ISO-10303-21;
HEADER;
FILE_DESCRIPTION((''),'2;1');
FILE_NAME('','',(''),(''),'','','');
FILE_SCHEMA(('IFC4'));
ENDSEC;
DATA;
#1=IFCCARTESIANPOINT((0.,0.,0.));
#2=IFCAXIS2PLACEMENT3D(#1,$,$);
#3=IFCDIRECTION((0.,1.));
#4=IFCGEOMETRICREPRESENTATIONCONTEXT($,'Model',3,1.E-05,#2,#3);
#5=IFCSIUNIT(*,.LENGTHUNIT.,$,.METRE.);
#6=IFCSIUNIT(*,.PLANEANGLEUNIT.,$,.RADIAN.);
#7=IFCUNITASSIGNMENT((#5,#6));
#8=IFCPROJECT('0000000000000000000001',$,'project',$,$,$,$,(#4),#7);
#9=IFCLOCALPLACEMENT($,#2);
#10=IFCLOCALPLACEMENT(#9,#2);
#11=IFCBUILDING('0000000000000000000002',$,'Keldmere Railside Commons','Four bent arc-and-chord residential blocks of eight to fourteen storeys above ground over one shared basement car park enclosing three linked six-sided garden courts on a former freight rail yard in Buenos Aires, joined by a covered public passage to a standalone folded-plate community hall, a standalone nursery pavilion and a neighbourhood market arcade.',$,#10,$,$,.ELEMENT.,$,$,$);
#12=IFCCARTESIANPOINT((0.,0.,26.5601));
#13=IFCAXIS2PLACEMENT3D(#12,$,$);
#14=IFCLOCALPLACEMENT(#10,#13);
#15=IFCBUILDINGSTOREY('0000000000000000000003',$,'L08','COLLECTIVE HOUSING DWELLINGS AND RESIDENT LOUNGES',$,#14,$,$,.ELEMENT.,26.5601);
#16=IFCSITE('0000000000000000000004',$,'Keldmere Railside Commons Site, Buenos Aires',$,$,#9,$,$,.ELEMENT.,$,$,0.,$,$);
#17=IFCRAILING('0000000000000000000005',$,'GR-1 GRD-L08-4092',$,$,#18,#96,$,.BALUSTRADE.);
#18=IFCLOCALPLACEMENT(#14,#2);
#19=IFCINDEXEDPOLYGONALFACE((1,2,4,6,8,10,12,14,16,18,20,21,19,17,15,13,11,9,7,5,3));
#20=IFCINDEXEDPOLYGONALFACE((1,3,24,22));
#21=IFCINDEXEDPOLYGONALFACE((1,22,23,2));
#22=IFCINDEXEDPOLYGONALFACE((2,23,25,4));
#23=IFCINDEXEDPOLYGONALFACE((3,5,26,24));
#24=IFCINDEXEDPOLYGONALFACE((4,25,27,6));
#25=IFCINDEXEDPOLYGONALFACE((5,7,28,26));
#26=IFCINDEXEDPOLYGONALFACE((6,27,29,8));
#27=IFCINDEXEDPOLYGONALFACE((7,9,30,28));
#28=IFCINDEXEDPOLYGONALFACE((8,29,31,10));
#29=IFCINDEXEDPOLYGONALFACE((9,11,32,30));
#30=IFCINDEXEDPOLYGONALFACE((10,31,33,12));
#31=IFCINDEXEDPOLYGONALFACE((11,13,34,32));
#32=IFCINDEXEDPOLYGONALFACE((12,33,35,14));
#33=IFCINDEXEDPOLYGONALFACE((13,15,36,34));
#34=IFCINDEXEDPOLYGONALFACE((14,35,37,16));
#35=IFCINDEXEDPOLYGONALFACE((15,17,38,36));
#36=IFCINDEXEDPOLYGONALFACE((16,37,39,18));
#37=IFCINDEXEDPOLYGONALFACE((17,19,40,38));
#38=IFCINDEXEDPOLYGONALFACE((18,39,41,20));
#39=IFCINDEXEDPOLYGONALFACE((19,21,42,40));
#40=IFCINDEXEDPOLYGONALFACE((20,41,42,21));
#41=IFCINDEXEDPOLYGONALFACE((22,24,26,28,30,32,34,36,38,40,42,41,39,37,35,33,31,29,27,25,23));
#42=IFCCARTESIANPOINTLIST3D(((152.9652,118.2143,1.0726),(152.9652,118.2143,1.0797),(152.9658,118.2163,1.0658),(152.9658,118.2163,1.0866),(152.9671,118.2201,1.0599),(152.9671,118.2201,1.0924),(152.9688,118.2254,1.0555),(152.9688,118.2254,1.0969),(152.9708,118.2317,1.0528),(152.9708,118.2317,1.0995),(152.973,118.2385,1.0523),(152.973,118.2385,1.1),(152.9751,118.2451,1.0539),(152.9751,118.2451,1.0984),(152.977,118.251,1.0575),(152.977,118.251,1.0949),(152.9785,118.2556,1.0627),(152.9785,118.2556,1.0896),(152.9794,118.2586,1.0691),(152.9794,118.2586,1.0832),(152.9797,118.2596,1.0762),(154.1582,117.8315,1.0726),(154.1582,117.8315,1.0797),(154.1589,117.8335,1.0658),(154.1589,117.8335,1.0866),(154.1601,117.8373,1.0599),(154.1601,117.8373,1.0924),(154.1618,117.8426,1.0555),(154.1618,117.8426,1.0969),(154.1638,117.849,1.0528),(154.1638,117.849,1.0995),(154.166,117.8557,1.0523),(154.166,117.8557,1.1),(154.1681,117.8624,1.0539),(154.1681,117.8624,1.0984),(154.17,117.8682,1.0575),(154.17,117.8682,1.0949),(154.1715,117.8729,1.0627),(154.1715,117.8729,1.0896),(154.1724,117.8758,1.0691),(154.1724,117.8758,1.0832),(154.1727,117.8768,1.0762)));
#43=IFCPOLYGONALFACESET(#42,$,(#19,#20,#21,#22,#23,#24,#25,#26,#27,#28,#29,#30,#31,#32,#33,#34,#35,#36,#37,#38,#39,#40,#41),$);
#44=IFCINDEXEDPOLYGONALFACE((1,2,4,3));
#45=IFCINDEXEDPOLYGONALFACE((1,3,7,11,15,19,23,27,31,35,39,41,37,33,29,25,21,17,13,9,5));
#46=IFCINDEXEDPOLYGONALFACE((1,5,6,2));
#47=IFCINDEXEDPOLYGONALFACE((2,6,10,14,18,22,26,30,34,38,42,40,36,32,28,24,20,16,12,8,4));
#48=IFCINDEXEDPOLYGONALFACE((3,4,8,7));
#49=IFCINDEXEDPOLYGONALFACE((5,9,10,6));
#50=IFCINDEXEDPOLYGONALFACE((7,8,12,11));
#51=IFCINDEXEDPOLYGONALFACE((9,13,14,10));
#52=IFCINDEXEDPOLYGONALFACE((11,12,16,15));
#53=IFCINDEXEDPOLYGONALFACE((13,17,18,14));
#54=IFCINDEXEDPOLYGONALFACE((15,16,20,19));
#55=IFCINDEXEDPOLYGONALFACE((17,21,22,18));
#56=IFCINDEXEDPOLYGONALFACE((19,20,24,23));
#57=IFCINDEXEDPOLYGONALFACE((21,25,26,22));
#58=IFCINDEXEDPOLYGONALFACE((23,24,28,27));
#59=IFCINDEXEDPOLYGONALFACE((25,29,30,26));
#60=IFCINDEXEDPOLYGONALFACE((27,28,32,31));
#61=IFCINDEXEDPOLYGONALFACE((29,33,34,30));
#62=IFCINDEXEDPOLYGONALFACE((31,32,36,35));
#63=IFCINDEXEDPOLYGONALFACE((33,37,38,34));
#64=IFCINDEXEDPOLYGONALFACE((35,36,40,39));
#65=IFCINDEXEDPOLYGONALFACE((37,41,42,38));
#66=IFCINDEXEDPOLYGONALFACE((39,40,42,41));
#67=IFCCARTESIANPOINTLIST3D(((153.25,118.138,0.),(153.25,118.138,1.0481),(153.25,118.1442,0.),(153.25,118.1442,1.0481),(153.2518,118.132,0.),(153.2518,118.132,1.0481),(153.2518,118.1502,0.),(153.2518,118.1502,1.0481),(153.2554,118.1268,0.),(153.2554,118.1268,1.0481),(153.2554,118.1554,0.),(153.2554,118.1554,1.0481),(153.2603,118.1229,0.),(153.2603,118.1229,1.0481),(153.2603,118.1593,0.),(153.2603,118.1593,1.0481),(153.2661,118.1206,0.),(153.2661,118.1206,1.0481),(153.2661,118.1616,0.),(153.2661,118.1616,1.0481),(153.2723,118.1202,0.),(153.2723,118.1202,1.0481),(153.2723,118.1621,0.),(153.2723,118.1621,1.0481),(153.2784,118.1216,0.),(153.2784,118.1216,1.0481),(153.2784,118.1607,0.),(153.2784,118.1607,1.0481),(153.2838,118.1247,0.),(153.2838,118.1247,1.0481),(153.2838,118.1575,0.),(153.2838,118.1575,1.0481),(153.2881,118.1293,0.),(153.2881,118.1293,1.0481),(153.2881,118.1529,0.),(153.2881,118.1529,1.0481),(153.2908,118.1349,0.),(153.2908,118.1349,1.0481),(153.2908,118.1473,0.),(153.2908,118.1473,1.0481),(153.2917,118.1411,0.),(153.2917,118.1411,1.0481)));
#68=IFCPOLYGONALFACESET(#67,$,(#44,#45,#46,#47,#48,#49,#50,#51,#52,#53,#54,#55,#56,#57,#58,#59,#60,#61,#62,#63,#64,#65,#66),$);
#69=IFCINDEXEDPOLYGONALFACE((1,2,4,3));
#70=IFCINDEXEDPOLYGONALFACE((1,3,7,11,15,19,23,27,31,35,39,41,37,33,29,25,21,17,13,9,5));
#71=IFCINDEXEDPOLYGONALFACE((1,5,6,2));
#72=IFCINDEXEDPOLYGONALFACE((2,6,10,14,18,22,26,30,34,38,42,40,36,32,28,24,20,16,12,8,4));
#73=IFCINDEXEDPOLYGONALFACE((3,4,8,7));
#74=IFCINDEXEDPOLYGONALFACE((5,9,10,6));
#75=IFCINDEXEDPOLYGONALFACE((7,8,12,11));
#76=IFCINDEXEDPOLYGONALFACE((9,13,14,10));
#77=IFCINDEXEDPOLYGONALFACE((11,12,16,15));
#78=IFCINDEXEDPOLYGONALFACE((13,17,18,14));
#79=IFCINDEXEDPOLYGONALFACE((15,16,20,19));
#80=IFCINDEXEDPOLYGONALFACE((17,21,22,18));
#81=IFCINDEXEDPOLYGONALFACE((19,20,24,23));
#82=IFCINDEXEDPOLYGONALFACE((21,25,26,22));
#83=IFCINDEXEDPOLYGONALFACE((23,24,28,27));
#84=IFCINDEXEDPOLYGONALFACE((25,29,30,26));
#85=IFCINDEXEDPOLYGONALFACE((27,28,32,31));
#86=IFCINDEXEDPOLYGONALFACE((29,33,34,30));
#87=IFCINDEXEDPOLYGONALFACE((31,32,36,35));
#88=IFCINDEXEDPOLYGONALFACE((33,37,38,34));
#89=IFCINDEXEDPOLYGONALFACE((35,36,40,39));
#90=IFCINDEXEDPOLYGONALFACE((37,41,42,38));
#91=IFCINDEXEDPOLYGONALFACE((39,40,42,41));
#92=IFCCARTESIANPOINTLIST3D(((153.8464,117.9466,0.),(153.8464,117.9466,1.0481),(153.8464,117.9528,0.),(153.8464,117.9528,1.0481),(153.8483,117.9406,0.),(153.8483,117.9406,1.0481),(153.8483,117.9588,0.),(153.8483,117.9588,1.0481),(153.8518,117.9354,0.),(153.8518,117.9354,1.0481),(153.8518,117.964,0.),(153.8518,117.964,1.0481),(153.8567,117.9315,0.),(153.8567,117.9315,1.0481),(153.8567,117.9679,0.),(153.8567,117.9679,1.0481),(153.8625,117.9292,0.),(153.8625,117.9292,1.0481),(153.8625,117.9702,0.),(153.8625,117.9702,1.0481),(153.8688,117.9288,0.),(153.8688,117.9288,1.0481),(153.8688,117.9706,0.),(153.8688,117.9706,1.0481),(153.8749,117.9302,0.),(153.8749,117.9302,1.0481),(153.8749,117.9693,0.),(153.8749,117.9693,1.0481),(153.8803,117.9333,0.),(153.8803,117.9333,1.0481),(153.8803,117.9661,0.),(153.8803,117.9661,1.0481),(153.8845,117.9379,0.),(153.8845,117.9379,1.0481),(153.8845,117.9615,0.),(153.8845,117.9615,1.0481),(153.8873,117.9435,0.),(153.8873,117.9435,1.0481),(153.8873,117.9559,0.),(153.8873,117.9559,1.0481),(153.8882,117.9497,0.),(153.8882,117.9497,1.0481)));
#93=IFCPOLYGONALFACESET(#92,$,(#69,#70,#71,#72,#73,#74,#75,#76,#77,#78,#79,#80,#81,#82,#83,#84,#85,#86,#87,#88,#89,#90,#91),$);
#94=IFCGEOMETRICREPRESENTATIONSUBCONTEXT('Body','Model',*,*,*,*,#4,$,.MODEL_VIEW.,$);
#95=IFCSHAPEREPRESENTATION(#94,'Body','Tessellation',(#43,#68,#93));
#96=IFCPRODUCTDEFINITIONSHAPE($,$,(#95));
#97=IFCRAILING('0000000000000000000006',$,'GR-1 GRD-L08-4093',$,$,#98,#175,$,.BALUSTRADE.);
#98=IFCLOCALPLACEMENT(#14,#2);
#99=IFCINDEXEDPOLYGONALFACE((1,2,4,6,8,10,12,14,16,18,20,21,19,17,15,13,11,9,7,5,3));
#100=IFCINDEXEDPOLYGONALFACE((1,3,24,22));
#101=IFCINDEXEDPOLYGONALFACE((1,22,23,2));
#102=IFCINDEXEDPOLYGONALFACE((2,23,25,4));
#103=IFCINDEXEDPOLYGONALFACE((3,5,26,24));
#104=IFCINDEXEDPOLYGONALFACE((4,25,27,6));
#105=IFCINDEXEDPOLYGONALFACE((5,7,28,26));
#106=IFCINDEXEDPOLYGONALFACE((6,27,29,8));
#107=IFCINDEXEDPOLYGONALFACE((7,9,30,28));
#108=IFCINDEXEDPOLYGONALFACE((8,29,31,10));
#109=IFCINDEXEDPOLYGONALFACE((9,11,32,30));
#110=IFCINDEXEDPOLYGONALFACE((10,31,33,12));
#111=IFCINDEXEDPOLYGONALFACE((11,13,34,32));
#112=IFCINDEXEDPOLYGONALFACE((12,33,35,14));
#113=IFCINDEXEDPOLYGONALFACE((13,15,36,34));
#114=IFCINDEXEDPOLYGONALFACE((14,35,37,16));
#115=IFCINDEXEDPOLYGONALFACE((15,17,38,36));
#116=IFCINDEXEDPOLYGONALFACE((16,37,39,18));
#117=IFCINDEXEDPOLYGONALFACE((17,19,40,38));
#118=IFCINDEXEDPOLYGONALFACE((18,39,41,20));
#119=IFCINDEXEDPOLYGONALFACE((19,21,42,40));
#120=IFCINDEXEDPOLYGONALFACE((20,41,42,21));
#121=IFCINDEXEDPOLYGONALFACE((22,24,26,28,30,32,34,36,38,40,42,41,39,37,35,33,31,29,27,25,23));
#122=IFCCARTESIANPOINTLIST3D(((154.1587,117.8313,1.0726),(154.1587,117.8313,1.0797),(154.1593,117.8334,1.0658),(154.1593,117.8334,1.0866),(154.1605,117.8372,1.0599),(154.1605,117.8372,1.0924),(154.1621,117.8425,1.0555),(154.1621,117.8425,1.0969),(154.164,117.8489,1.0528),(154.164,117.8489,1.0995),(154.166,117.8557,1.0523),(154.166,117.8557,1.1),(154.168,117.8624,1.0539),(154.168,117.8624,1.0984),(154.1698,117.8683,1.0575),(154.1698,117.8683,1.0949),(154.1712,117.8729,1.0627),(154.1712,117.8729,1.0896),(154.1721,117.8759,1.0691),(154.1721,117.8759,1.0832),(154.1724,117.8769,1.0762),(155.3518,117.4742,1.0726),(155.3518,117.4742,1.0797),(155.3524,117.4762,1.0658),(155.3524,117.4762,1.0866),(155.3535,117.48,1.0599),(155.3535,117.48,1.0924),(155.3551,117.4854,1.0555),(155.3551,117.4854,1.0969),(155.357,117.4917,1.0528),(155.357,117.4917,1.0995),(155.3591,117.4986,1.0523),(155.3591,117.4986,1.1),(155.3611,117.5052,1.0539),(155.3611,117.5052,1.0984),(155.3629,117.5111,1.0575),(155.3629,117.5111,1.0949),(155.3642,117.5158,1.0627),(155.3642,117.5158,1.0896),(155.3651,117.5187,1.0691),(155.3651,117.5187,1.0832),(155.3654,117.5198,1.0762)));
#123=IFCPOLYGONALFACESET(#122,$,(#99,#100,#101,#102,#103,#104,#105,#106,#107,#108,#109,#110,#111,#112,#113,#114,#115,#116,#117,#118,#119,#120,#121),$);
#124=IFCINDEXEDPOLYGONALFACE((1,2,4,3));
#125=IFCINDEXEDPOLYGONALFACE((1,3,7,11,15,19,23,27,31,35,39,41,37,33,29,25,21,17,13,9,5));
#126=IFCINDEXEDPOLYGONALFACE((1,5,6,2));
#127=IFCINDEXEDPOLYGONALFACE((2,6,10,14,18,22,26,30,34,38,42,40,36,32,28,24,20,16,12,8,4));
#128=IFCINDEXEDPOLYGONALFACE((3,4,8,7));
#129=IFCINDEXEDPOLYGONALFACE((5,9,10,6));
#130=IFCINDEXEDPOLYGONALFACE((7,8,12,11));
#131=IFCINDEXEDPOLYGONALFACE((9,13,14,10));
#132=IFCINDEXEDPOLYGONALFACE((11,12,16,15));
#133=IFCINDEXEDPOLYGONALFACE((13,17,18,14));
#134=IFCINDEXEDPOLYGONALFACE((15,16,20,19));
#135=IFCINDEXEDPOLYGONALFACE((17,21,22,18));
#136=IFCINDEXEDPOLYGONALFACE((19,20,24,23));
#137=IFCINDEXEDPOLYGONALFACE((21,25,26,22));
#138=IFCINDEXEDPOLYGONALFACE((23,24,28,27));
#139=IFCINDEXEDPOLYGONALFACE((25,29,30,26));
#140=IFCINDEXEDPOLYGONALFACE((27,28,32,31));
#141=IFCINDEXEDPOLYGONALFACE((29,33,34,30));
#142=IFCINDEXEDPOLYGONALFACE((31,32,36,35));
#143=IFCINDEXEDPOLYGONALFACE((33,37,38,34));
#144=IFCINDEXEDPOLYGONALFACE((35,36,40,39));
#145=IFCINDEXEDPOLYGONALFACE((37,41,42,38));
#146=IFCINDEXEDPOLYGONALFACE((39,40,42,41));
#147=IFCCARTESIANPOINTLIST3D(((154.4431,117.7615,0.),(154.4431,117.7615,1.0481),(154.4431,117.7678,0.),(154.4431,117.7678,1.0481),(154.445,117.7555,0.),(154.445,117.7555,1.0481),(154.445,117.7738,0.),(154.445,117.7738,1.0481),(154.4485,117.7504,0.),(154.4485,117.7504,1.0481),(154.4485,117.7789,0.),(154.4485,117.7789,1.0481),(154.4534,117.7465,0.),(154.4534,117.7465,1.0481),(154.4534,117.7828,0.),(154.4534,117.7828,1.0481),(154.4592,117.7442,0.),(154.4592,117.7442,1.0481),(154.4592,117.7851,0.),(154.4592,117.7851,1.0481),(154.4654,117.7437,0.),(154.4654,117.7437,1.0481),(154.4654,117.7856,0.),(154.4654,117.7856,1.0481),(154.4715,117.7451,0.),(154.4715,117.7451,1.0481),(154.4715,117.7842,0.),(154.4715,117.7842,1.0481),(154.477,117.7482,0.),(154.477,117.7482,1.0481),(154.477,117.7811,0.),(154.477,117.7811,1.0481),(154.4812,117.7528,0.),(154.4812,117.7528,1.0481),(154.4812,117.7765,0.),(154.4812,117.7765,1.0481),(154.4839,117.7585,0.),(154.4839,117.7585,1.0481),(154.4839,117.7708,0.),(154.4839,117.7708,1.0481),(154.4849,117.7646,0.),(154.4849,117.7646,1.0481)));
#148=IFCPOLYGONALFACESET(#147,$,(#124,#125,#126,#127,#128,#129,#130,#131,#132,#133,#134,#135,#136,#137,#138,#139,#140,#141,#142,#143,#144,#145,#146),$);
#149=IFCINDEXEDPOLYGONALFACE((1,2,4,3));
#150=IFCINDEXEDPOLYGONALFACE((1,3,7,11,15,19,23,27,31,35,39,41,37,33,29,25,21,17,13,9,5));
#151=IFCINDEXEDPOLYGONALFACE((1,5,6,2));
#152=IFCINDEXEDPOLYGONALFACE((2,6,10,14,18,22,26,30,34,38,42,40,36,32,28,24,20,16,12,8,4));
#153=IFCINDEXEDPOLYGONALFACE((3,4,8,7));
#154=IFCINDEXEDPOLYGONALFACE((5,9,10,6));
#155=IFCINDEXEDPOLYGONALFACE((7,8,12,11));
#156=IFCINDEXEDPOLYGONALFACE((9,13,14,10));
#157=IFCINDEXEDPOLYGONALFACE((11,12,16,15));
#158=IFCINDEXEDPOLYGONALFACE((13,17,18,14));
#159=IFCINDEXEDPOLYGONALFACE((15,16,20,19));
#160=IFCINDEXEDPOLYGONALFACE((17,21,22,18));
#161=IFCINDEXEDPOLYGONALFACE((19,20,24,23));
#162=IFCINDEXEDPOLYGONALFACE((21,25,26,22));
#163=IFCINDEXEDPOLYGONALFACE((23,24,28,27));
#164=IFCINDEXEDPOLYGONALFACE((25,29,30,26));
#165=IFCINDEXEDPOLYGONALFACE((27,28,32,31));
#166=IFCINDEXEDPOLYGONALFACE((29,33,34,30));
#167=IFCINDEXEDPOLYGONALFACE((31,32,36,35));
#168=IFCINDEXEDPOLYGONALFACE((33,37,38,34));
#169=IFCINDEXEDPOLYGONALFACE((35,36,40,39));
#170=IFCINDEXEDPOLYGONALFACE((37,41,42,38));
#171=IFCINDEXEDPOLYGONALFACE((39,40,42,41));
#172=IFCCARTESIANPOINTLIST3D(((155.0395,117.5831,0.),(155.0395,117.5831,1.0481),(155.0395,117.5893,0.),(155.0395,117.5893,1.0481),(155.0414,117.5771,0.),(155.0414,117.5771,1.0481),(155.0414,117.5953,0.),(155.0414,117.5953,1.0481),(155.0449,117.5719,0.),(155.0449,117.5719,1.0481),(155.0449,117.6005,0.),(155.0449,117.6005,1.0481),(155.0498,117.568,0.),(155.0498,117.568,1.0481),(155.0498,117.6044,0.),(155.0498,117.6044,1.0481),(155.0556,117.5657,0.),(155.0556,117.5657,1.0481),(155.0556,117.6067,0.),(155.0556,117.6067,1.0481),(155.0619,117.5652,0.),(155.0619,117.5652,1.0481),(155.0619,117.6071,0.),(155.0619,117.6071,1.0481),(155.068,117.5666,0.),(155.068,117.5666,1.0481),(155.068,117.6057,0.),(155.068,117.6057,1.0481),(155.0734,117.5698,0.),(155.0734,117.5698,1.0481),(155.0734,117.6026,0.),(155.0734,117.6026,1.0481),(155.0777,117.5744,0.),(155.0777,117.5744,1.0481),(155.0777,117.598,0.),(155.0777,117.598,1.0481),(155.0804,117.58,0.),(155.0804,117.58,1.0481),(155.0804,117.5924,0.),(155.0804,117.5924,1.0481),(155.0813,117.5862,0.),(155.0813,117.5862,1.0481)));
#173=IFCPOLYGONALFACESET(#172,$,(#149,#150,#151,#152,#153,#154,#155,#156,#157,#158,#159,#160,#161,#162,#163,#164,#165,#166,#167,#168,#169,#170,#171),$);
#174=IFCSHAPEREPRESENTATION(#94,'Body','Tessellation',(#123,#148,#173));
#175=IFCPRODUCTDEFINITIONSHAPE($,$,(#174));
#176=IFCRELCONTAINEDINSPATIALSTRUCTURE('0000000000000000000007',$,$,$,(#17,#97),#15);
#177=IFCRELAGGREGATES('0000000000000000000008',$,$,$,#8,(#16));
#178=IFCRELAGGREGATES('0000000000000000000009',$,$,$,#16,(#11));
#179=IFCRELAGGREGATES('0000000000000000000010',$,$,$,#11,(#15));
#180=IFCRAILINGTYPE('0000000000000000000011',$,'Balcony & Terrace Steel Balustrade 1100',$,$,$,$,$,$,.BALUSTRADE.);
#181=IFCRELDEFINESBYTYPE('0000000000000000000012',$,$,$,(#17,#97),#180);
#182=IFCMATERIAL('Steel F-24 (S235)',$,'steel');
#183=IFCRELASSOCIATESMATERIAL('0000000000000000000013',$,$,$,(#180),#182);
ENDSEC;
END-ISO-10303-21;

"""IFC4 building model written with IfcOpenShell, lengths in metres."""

from ifc_helpers import new_model, si_unit, direction, frame, origin, origin_2d, place, context, subcontext, project, spatial, circle, extrude, material, type_object, element, save


model = new_model("IFC4")

# Units and contexts
model_context = context("Model", 3, precision=1e-05, world=origin(), true_north=direction((0.0, 1.0)))
body_context = subcontext(model_context, "Body", "Model", "MODEL_VIEW")
ifc_project = project(units=[si_unit("LENGTHUNIT", "METRE"), si_unit("PLANEANGLEUNIT", "RADIAN")], contexts=[model_context])

# Site, building, storey
site_placement = place(None, origin())
site = spatial("IfcSite", under=ifc_project, at=site_placement, Name="Keldmere Railside Commons Site, Buenos Aires", CompositionType="ELEMENT", RefElevation=0.0)
building_placement = place(site_placement, origin())
building = spatial("IfcBuilding", under=site, at=building_placement, Name="Keldmere Railside Commons", Description="Four bent arc-and-chord residential blocks of eight to fourteen storeys above ground over one shared basement car park enclosing three linked six-sided garden courts on a former freight rail yard in Buenos Aires, joined by a covered public passage to a standalone folded-plate community hall, a standalone nursery pavilion and a neighbourhood market arcade.", CompositionType="ELEMENT")
storey_placement = place(building_placement, frame((0.0, 0.0, 26.5601)))
storey = spatial("IfcBuildingStorey", under=building, at=storey_placement, Name="L08", Description="COLLECTIVE HOUSING DWELLINGS AND RESIDENT LOUNGES", CompositionType="ELEMENT", Elevation=26.5601)

# Railings
ifc_material_1 = material(Name="Steel F-24 (S235)", Category="steel")
railing_type = type_object("IfcRailingType", Name="Balcony & Terrace Steel Balustrade 1100", PredefinedType="BALUSTRADE", material=ifc_material_1)
railing_1_placement = place(storey_placement, frame((152.9724, 118.2368, 0.0)))
element("IfcRailing", 1, at=railing_1_placement, inside=storey, type_object=railing_type, Name="GR-1 GRD-L08-4092", PredefinedType="BALUSTRADE", context=body_context, shape_type="SweptSolid", body=[
    extrude(circle(Radius=0.0239, at=origin_2d()), frame((0.0, 0.0, 1.0762), z_axis=(0.952189, -0.305511, 0.0), x_axis=(0.305511, 0.952189, 0.0)), (0.0, 0.0, 1.0), 1.2529),
    extrude(circle(Radius=0.021, at=origin_2d()), frame((0.2983, -0.0957, 0.0)), (0.0, 0.0, 1.0), 1.0481),
    extrude(circle(Radius=0.021, at=origin_2d()), frame((0.8948, -0.2871, 0.0)), (0.0, 0.0, 1.0), 1.0481),
])
railing_2_placement = place(storey_placement, frame((154.1655, 117.854, 0.0)))
element("IfcRailing", 2, at=railing_2_placement, inside=storey, type_object=railing_type, Name="GR-1 GRD-L08-4093", PredefinedType="BALUSTRADE", context=body_context, shape_type="SweptSolid", body=[
    extrude(circle(Radius=0.0239, at=origin_2d()), frame((0.0, 0.0, 1.0762), z_axis=(0.957993, -0.28679, 0.0), x_axis=(0.28679, 0.957993, 0.0)), (0.0, 0.0, 1.0), 1.2454),
    extrude(circle(Radius=0.021, at=origin_2d()), frame((0.2983, -0.0894, 0.0)), (0.0, 0.0, 1.0), 1.0481),
    extrude(circle(Radius=0.021, at=origin_2d()), frame((0.8948, -0.2678, 0.0)), (0.0, 0.0, 1.0), 1.0481),
])

save(model, "model.ifc")
